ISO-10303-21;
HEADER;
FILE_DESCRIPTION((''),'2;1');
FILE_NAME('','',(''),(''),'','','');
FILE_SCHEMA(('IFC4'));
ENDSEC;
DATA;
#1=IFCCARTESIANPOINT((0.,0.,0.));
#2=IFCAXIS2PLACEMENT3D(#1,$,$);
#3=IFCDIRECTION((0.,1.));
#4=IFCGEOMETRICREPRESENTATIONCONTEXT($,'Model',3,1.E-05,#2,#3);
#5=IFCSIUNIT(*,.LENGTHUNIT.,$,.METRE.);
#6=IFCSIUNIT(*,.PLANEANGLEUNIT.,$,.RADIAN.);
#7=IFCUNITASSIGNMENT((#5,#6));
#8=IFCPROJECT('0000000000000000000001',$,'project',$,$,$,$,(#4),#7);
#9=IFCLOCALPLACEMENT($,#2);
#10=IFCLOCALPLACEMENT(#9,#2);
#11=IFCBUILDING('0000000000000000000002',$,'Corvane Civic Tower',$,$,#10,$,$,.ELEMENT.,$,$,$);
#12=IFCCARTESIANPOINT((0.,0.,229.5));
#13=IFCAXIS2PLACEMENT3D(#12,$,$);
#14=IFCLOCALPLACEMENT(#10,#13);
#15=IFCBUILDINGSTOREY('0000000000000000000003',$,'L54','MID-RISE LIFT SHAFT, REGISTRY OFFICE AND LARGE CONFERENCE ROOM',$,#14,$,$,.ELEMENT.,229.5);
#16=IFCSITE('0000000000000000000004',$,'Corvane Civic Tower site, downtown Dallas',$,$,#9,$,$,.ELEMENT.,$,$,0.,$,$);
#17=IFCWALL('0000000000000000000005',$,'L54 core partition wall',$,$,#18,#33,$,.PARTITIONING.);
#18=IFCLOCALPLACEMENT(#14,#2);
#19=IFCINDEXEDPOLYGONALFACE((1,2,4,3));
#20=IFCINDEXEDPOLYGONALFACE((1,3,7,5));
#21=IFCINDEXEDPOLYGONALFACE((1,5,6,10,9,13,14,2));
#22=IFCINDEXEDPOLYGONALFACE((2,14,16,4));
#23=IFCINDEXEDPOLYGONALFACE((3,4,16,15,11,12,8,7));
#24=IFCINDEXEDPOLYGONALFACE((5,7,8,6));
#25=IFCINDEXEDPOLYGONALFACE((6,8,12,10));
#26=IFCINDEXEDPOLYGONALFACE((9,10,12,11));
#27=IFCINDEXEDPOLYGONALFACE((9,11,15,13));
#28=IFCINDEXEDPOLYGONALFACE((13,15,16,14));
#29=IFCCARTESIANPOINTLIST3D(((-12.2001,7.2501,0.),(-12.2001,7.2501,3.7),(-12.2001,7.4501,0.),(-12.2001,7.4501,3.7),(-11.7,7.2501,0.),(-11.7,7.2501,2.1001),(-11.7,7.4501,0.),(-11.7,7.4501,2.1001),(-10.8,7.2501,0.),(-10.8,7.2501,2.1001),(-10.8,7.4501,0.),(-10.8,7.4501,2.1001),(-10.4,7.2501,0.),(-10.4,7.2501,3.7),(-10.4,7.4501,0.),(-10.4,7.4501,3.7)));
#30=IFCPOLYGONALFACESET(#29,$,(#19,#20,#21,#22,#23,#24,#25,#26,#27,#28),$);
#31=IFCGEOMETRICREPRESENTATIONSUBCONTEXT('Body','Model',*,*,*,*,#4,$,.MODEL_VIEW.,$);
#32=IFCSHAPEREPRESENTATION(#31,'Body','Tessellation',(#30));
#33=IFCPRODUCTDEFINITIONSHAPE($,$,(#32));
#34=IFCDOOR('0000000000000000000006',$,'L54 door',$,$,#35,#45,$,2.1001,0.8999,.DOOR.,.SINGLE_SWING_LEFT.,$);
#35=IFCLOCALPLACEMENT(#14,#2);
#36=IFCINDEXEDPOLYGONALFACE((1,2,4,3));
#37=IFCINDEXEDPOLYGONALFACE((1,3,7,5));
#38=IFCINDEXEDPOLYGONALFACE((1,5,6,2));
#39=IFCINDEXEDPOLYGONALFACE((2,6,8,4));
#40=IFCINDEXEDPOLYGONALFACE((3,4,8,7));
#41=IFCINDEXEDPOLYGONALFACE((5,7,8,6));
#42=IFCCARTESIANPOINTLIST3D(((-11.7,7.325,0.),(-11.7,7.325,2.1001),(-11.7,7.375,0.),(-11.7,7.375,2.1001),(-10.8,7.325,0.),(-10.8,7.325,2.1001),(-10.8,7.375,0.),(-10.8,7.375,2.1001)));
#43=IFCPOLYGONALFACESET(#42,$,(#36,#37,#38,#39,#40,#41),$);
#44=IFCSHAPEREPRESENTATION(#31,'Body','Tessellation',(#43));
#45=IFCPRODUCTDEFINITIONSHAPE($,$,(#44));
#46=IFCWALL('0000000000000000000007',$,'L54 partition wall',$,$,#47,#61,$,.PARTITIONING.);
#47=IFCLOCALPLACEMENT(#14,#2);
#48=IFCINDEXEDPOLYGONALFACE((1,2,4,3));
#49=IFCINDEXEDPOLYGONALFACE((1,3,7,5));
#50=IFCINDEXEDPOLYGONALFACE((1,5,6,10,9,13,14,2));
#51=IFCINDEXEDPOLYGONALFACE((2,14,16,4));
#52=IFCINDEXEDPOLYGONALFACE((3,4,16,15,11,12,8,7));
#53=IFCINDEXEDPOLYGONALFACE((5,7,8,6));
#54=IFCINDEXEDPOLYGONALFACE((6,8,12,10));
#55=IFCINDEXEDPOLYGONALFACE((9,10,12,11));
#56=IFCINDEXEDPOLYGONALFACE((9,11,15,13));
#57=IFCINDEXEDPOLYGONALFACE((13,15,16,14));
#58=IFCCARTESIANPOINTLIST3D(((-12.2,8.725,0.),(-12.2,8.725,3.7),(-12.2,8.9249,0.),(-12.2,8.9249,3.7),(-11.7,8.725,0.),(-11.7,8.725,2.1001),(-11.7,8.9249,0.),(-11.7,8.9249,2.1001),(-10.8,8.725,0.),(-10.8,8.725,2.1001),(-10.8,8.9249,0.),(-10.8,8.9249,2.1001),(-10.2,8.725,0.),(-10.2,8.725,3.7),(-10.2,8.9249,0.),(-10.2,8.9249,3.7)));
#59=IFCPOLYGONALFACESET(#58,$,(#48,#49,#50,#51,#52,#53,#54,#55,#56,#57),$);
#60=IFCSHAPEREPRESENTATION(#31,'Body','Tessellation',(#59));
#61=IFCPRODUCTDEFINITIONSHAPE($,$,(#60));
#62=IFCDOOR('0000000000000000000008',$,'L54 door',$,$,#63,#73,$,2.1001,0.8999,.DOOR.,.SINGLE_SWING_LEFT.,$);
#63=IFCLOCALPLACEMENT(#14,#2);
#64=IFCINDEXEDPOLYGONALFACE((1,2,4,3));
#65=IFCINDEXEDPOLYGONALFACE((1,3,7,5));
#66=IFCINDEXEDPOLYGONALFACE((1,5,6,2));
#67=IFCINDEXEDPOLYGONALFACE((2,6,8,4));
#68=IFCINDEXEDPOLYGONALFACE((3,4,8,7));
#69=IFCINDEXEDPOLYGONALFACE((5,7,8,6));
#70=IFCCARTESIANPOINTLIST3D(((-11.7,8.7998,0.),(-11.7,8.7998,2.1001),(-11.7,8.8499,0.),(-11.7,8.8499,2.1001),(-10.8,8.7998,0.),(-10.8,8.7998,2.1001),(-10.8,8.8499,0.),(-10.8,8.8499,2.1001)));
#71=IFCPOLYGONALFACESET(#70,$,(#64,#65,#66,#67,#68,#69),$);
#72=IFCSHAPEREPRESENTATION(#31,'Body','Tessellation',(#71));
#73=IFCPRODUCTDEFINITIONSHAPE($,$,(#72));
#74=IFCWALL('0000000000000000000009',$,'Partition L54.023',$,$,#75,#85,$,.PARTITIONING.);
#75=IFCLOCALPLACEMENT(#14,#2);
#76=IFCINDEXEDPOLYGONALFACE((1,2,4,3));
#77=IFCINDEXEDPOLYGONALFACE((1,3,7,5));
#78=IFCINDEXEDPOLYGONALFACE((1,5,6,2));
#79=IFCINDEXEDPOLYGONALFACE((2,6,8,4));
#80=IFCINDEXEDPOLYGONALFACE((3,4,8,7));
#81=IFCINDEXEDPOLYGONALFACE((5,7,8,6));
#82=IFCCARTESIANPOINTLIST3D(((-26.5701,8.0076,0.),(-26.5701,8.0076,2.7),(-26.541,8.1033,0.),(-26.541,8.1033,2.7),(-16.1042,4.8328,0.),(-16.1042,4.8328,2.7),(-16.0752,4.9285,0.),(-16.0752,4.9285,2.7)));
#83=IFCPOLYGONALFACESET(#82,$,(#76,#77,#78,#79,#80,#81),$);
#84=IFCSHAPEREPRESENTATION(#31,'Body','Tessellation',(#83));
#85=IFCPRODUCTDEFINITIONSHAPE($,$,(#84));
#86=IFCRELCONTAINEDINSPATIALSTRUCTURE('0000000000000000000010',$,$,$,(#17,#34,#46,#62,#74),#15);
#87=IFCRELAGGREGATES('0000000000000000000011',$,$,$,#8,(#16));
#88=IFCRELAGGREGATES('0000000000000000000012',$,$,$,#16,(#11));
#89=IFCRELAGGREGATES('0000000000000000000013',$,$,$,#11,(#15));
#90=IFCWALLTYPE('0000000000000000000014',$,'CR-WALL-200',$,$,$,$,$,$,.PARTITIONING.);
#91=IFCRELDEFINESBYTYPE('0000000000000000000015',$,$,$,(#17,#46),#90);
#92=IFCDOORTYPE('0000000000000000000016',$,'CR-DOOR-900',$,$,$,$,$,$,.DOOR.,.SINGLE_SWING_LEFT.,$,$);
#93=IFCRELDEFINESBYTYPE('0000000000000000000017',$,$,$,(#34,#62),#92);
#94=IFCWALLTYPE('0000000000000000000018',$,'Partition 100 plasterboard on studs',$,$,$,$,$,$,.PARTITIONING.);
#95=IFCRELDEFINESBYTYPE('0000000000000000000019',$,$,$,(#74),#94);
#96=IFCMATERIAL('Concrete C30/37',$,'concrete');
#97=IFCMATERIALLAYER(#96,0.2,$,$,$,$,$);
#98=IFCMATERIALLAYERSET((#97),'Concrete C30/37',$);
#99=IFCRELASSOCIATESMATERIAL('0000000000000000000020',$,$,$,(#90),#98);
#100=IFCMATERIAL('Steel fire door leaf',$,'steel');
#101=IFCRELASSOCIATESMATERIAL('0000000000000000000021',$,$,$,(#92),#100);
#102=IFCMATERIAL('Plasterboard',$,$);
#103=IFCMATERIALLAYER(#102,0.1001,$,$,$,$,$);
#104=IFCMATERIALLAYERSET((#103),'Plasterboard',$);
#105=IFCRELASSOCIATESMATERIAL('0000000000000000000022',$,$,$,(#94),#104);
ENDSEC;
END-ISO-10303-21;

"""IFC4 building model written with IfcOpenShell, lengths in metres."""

from ifc_helpers import new_model, si_unit, direction, frame, frame_2d, origin, place, context, subcontext, project, spatial, rectangle, extrude, material, layer, layer_set, type_object, element, fill, save


model = new_model("IFC4")

# Units and contexts
model_context = context("Model", 3, precision=1e-05, world=origin(), true_north=direction((0.0, 1.0)))
body_context = subcontext(model_context, "Body", "Model", "MODEL_VIEW")
ifc_project = project(units=[si_unit("LENGTHUNIT", "METRE"), si_unit("PLANEANGLEUNIT", "RADIAN")], contexts=[model_context])

# Site, building, storey
site_placement = place(None, origin())
site = spatial("IfcSite", under=ifc_project, at=site_placement, Name="Corvane Civic Tower site, downtown Dallas", CompositionType="ELEMENT", RefElevation=0.0)
building_placement = place(site_placement, origin())
building = spatial("IfcBuilding", under=site, at=building_placement, Name="Corvane Civic Tower", CompositionType="ELEMENT")
storey_placement = place(building_placement, frame((0.0, 0.0, 229.5)))
storey = spatial("IfcBuildingStorey", under=building, at=storey_placement, Name="L54", Description="MID-RISE LIFT SHAFT, REGISTRY OFFICE AND LARGE CONFERENCE ROOM", CompositionType="ELEMENT", Elevation=229.5)

# Shared definitions
ifc_material_1 = material(Name="Concrete C30/37", Category="concrete")
ifc_layer_1 = layer(ifc_material_1, 0.2)
ifc_layer_set_1 = layer_set([ifc_layer_1], Name="Concrete C30/37")
wall_type_1 = type_object("IfcWallType", Name="CR-WALL-200", PredefinedType="PARTITIONING", material=ifc_layer_set_1)
ifc_material_2 = material(Name="Steel fire door leaf", Category="steel")
door_type_1 = type_object("IfcDoorType", Name="CR-DOOR-900", OperationType="SINGLE_SWING_LEFT", PredefinedType="DOOR", material=ifc_material_2)

# Walls, openings, doors
wall_1_placement = place(storey_placement, frame((-12.2, 7.3501, 0.0), z_axis=(0.0, 0.0, 1.0), x_axis=(1.0, 0.0, 0.0)))
wall_1 = element("IfcWall", 1, at=wall_1_placement, inside=storey, type_object=wall_type_1, Name="L54 core partition wall", PredefinedType="PARTITIONING", context=body_context, shape_type="SweptSolid", body=[
    extrude(rectangle(XDim=1.8, YDim=0.2, at=frame_2d((0.8999, 0.0))), origin(), (0.0, 0.0, 1.0), 3.7),
])
opening_1_placement = place(wall_1_placement, frame((0.5, 0.0, 0.0)))
opening_1 = element("IfcOpeningElement", 2, at=opening_1_placement, cuts=wall_1, PredefinedType="OPENING", context=body_context, shape_type="SweptSolid", body=[
    extrude(rectangle(XDim=0.8999, YDim=2.1001, at=frame_2d((0.45, 1.05))), frame((0.0, 0.1099, 0.0), z_axis=(0.0, -1.0, 0.0), x_axis=(1.0, 0.0, 0.0)), (0.0, 0.0, 1.0), 0.22),
])
door_1_placement = place(opening_1_placement, origin())
door_1 = element("IfcDoor", 3, at=door_1_placement, inside=storey, type_object=door_type_1, Name="L54 door", OperationType="SINGLE_SWING_LEFT", OverallHeight=2.1001, OverallWidth=0.8999, PredefinedType="DOOR", context=body_context, shape_type="SweptSolid", body=[
    extrude(rectangle(XDim=0.8999, YDim=2.1001, at=frame_2d((0.45, 1.05))), frame((0.0, 0.0249, 0.0), z_axis=(0.0, -1.0, 0.0), x_axis=(1.0, 0.0, 0.0)), (0.0, 0.0, 1.0), 0.05),
])
fill(opening_1, door_1)
wall_2_placement = place(storey_placement, frame((-12.2, 8.825, 0.0), z_axis=(0.0, 0.0, 1.0), x_axis=(1.0, 0.0, 0.0)))
wall_2 = element("IfcWall", 4, at=wall_2_placement, inside=storey, type_object=wall_type_1, Name="L54 partition wall", PredefinedType="PARTITIONING", context=body_context, shape_type="SweptSolid", body=[
    extrude(rectangle(XDim=2.0, YDim=0.2, at=frame_2d((1.0, 0.0))), origin(), (0.0, 0.0, 1.0), 3.7),
])
opening_2_placement = place(wall_2_placement, frame((0.5, 0.0, 0.0)))
opening_2 = element("IfcOpeningElement", 5, at=opening_2_placement, cuts=wall_2, PredefinedType="OPENING", context=body_context, shape_type="SweptSolid", body=[
    extrude(rectangle(XDim=0.8999, YDim=2.1001, at=frame_2d((0.45, 1.05))), frame((0.0, 0.1099, 0.0), z_axis=(0.0, -1.0, 0.0), x_axis=(1.0, 0.0, 0.0)), (0.0, 0.0, 1.0), 0.22),
])
door_2_placement = place(opening_2_placement, origin())
door_2 = element("IfcDoor", 6, at=door_2_placement, inside=storey, type_object=door_type_1, Name="L54 door", OperationType="SINGLE_SWING_LEFT", OverallHeight=2.1001, OverallWidth=0.8999, PredefinedType="DOOR", context=body_context, shape_type="SweptSolid", body=[
    extrude(rectangle(XDim=0.8999, YDim=2.1001, at=frame_2d((0.45, 1.05))), frame((0.0, 0.0249, 0.0), z_axis=(0.0, -1.0, 0.0), x_axis=(1.0, 0.0, 0.0)), (0.0, 0.0, 1.0), 0.05),
])
fill(opening_2, door_2)

# Wall
ifc_material_3 = material(Name="Plasterboard")
ifc_layer_2 = layer(ifc_material_3, 0.1001)
ifc_layer_set_2 = layer_set([ifc_layer_2], Name="Plasterboard")
wall_type_2 = type_object("IfcWallType", Name="Partition 100 plasterboard on studs", PredefinedType="PARTITIONING", material=ifc_layer_set_2)
wall_3_placement = place(storey_placement, frame((-26.5554, 8.0554, 0.0), z_axis=(0.0, 0.0, 1.0), x_axis=(0.95694, -0.290287, 0.0)))
element("IfcWall", 7, at=wall_3_placement, inside=storey, type_object=wall_type_2, Name="Partition L54.023", PredefinedType="PARTITIONING", context=body_context, shape_type="SweptSolid", body=[
    extrude(rectangle(XDim=10.9368, YDim=0.1001, at=frame_2d((5.4683, 0.0))), origin(), (0.0, 0.0, 1.0), 2.7),
])

save(model, "model.ifc")
